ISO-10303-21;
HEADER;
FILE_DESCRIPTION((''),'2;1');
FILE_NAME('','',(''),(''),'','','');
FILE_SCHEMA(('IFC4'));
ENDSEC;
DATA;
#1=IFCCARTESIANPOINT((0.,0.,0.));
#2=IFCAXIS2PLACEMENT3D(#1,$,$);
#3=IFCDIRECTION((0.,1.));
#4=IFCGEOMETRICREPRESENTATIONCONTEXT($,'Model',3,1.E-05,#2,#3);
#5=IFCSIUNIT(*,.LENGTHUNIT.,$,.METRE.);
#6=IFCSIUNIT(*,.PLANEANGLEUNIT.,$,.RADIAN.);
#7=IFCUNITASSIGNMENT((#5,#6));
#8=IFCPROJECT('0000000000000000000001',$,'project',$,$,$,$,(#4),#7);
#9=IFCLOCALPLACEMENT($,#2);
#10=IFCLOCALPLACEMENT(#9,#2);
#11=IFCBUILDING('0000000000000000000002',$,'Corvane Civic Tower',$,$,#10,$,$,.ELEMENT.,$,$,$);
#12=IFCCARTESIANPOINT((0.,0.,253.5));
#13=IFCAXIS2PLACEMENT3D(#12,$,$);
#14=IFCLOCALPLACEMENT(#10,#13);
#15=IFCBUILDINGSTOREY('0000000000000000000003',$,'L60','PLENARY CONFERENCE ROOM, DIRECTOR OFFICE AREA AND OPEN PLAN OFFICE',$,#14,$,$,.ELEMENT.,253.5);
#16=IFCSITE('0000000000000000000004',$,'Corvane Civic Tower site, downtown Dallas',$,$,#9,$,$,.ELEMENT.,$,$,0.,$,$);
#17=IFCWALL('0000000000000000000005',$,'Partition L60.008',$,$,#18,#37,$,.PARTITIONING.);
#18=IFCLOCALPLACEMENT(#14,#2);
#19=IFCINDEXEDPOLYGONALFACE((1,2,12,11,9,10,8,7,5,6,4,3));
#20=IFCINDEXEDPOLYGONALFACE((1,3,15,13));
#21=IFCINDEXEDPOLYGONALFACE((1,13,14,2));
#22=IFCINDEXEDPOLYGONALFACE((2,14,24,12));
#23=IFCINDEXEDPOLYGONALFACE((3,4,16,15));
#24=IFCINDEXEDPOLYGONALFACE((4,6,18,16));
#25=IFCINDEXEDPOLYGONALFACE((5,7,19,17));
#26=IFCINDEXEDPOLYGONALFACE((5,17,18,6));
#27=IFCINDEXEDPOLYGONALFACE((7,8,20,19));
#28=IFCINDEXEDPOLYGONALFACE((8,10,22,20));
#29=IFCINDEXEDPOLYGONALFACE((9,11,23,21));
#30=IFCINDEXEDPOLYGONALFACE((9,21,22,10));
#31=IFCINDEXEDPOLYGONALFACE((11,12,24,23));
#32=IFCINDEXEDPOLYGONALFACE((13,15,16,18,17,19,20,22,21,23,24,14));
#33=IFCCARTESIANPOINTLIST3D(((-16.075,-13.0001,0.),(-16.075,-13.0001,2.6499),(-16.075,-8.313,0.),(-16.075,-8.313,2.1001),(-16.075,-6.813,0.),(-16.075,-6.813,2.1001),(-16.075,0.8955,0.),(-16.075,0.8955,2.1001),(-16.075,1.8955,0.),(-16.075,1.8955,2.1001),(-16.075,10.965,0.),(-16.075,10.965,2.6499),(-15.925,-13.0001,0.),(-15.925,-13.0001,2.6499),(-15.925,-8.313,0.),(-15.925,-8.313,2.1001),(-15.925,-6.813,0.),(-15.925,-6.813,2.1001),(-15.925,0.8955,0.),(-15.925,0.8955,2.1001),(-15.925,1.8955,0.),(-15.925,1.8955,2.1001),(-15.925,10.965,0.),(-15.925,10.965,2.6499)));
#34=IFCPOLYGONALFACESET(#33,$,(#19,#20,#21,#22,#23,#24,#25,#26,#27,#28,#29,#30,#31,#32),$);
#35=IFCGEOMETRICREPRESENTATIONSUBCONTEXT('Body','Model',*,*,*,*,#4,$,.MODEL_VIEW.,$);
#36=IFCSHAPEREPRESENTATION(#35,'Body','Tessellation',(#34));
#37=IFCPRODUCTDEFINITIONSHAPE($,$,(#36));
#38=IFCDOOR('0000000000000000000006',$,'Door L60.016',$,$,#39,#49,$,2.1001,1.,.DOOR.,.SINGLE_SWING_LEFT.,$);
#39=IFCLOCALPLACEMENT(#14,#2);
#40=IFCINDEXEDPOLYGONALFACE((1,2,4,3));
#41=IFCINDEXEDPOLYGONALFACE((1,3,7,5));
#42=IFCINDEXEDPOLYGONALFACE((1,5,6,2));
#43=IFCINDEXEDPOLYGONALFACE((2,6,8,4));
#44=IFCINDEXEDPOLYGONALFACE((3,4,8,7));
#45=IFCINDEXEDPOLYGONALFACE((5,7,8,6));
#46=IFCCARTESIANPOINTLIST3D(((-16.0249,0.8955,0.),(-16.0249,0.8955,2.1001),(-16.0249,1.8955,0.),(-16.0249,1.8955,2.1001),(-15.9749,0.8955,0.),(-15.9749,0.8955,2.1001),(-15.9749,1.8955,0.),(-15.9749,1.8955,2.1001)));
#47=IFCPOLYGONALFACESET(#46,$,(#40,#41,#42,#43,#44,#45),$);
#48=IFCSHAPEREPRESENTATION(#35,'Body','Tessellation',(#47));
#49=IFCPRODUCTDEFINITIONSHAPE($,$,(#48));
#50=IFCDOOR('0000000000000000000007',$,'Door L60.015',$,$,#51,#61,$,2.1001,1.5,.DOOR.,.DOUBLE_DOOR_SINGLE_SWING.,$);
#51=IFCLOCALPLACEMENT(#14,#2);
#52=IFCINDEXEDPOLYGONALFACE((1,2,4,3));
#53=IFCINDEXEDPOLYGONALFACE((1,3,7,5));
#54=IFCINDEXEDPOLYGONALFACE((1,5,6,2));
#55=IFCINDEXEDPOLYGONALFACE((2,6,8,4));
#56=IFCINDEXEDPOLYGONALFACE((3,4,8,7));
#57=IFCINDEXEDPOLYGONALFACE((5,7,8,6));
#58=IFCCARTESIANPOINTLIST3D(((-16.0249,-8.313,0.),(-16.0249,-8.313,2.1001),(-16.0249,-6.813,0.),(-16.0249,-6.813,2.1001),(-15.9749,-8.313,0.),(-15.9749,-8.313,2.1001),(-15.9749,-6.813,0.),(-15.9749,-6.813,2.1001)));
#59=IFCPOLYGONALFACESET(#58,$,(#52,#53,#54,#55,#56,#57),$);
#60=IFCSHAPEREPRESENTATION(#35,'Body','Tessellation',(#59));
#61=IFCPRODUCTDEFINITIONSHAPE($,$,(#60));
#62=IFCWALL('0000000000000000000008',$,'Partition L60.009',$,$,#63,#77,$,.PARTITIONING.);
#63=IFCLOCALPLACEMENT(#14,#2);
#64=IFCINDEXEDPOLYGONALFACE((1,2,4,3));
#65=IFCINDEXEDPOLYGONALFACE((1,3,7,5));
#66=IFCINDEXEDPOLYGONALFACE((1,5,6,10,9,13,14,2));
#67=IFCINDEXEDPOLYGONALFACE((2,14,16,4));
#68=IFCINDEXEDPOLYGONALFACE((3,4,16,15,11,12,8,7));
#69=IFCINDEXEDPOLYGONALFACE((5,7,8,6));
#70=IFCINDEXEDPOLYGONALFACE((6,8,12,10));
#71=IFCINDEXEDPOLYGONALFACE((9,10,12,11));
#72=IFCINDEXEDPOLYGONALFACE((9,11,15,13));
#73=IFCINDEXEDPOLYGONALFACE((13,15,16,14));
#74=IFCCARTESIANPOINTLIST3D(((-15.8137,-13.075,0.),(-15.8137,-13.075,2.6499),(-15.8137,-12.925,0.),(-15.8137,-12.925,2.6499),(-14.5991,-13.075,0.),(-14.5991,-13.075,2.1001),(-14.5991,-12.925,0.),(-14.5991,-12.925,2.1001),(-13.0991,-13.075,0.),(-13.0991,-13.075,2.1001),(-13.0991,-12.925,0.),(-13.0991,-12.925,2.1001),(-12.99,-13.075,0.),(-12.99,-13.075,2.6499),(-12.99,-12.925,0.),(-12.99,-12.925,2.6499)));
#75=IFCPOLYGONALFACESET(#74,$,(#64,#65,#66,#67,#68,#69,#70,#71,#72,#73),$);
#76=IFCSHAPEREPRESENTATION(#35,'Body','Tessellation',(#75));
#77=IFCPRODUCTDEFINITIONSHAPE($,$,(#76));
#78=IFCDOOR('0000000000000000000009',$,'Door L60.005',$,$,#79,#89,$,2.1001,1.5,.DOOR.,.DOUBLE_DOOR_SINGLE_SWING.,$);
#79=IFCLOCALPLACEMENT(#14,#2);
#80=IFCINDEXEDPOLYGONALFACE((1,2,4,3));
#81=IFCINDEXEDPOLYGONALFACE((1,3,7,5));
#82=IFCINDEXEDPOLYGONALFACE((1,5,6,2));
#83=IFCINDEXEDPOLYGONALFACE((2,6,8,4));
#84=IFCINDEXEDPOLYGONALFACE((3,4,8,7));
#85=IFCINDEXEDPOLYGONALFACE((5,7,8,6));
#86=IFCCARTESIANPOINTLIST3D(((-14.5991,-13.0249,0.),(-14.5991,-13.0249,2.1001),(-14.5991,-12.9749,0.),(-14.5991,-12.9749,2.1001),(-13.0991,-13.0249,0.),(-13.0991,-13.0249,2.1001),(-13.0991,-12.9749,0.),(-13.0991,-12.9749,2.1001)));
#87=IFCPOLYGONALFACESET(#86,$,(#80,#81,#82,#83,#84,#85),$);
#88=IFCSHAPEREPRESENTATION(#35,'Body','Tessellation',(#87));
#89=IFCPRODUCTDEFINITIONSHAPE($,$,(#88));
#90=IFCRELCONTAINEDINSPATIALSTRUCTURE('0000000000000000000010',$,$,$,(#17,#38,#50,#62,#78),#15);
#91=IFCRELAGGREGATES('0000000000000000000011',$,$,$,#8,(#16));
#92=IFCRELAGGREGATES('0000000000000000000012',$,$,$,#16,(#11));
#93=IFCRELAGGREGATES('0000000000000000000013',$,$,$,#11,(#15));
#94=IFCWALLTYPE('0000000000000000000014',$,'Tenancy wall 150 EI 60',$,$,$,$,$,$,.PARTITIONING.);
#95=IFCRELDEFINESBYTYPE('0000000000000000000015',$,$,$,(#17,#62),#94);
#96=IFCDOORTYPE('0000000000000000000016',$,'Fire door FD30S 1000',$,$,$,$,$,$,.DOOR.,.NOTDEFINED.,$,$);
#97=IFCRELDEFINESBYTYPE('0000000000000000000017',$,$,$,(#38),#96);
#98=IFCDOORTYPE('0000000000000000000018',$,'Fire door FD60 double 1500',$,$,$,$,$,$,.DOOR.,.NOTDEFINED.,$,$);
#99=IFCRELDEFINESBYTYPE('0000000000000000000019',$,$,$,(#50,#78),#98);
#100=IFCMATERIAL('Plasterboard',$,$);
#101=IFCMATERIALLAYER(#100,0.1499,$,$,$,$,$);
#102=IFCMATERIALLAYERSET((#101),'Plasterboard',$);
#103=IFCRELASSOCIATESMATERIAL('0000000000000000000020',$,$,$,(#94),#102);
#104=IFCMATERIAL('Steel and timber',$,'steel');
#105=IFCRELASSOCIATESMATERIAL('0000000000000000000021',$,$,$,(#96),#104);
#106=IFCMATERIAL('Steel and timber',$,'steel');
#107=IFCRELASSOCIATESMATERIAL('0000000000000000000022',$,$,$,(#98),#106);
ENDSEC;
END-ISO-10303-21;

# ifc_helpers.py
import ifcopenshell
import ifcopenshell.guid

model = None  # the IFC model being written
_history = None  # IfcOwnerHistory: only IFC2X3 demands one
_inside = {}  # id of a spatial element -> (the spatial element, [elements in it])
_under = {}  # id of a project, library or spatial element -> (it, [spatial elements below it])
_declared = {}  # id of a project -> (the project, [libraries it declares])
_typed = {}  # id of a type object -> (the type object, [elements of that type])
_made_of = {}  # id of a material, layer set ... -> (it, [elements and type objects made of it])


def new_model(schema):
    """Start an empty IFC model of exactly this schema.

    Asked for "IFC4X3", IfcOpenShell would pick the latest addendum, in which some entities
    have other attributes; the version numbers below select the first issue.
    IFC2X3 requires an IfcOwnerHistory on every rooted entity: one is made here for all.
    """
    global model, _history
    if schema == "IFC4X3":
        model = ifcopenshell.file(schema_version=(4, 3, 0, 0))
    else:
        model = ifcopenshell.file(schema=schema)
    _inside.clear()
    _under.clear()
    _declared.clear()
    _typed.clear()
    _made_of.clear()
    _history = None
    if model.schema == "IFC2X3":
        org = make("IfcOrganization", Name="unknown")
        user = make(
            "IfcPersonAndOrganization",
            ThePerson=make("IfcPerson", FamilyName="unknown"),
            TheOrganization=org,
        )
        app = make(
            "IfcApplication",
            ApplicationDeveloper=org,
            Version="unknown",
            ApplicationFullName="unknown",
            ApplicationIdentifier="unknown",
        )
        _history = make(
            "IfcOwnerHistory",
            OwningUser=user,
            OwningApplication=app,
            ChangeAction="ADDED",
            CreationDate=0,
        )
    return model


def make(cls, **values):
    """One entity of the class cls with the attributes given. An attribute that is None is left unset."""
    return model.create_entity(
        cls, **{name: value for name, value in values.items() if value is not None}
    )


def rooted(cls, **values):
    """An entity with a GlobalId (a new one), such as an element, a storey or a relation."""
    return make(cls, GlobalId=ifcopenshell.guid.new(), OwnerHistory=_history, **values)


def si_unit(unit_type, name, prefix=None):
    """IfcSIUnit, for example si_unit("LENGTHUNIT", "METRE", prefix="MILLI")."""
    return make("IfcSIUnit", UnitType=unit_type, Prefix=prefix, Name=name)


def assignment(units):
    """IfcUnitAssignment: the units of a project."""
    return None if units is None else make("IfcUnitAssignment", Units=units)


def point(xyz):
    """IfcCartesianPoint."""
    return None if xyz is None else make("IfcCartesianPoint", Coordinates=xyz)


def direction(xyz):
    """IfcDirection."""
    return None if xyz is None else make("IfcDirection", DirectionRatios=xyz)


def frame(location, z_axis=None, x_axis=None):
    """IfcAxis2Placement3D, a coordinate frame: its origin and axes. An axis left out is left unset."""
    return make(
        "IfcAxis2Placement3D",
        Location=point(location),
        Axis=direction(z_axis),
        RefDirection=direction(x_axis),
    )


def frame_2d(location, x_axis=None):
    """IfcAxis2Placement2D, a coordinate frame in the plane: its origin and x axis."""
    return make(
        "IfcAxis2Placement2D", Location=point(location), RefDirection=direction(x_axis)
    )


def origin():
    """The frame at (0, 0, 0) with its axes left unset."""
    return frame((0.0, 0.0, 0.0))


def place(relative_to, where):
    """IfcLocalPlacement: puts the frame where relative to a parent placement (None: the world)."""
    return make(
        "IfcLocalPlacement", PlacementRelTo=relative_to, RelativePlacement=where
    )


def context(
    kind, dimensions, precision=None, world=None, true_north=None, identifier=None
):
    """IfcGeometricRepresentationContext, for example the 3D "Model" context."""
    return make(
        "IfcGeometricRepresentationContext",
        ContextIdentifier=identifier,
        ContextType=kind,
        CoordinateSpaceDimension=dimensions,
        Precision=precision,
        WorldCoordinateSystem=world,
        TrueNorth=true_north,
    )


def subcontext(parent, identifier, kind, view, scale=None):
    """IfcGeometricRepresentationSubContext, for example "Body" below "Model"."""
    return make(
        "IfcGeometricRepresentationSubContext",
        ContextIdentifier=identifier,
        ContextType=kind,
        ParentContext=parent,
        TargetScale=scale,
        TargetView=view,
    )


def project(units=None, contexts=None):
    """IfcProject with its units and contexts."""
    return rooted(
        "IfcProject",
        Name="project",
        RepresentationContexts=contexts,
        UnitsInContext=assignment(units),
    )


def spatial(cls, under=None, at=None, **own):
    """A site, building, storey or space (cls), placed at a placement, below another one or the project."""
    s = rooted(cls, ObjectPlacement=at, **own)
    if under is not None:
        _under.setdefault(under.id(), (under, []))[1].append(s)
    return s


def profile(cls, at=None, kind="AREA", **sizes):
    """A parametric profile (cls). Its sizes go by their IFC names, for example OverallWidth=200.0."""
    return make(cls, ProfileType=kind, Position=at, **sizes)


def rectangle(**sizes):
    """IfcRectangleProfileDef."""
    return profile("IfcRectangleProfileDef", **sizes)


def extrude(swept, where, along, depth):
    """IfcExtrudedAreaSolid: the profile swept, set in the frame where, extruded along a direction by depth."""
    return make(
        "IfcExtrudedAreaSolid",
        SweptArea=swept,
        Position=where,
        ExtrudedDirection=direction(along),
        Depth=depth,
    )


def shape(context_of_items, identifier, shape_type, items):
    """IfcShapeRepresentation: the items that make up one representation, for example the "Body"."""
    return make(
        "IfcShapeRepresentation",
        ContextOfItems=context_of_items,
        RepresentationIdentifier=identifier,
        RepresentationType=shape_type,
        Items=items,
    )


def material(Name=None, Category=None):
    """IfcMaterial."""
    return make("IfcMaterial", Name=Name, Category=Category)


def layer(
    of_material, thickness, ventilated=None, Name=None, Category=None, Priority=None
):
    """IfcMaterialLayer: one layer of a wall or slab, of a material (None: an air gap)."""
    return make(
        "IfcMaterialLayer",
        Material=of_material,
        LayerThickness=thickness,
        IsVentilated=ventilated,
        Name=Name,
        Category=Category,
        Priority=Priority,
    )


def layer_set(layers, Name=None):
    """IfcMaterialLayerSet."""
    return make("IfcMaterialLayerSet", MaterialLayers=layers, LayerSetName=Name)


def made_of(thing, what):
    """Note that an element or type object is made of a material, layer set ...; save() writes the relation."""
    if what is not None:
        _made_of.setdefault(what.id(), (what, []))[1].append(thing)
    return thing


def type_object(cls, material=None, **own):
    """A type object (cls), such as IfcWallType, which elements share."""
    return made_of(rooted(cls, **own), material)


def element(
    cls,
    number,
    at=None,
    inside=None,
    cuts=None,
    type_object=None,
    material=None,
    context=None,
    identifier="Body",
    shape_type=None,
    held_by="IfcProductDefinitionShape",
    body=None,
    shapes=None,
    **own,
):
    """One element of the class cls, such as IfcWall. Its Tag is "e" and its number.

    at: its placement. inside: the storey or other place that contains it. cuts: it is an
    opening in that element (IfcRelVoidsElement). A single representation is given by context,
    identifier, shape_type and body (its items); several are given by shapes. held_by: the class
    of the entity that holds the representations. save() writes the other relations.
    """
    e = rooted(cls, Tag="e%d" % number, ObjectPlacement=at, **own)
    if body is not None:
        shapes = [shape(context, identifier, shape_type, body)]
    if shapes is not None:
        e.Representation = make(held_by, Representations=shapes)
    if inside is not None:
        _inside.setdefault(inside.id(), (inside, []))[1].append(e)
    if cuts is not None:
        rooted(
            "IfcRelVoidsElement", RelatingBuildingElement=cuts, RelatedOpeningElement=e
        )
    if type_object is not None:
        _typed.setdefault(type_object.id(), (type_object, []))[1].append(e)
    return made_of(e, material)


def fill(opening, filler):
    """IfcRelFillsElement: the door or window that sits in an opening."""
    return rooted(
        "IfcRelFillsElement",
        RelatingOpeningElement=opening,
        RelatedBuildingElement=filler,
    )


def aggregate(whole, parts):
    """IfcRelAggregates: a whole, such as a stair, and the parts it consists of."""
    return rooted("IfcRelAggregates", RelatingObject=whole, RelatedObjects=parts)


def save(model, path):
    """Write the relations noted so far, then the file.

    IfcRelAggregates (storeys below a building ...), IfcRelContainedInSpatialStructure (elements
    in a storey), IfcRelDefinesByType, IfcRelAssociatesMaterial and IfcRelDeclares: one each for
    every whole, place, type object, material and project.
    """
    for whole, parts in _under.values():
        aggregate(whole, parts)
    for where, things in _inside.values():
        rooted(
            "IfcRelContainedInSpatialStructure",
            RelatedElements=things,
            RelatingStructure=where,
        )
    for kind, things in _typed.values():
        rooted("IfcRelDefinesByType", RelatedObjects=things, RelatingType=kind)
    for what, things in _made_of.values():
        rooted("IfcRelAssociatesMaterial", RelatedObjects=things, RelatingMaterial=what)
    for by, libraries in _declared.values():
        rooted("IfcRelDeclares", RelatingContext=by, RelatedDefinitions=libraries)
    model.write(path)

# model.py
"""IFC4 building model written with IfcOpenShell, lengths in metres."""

from ifc_helpers import new_model, si_unit, direction, frame, frame_2d, origin, place, context, subcontext, project, spatial, rectangle, extrude, material, layer, layer_set, type_object, element, fill, save


model = new_model("IFC4")

# Units and contexts
model_context = context("Model", 3, precision=1e-05, world=origin(), true_north=direction((0.0, 1.0)))
body_context = subcontext(model_context, "Body", "Model", "MODEL_VIEW")
ifc_project = project(units=[si_unit("LENGTHUNIT", "METRE"), si_unit("PLANEANGLEUNIT", "RADIAN")], contexts=[model_context])

# Site, building, storey
site_placement = place(None, origin())
site = spatial("IfcSite", under=ifc_project, at=site_placement, Name="Corvane Civic Tower site, downtown Dallas", CompositionType="ELEMENT", RefElevation=0.0)
building_placement = place(site_placement, origin())
building = spatial("IfcBuilding", under=site, at=building_placement, Name="Corvane Civic Tower", CompositionType="ELEMENT")
storey_placement = place(building_placement, frame((0.0, 0.0, 253.5)))
storey = spatial("IfcBuildingStorey", under=building, at=storey_placement, Name="L60", Description="PLENARY CONFERENCE ROOM, DIRECTOR OFFICE AREA AND OPEN PLAN OFFICE", CompositionType="ELEMENT", Elevation=253.5)

# Wall, openings, doors
ifc_material_1 = material(Name="Plasterboard")
ifc_layer_1 = layer(ifc_material_1, 0.1499)
ifc_layer_set_1 = layer_set([ifc_layer_1], Name="Plasterboard")
wall_type_1 = type_object("IfcWallType", Name="Tenancy wall 150 EI 60", PredefinedType="PARTITIONING", material=ifc_layer_set_1)
wall_1_placement = place(storey_placement, frame((-16.0, -13.0, 0.0), z_axis=(0.0, 0.0, 1.0), x_axis=(0.0, 1.0, 0.0)))
wall_1 = element("IfcWall", 1, at=wall_1_placement, inside=storey, type_object=wall_type_1, Name="Partition L60.008", PredefinedType="PARTITIONING", context=body_context, shape_type="SweptSolid", body=[
    extrude(rectangle(XDim=23.9651, YDim=0.1499, at=frame_2d((11.9824, 0.0))), origin(), (0.0, 0.0, 1.0), 2.6499),
])
opening_1_placement = place(wall_1_placement, frame((4.687, 0.0, 0.0)))
opening_1 = element("IfcOpeningElement", 2, at=opening_1_placement, cuts=wall_1, PredefinedType="OPENING", context=body_context, shape_type="SweptSolid", body=[
    extrude(rectangle(XDim=1.5, YDim=2.1001, at=frame_2d((0.75, 1.05))), frame((0.0, 0.085, 0.0), z_axis=(0.0, -1.0, 0.0), x_axis=(1.0, 0.0, 0.0)), (0.0, 0.0, 1.0), 0.1699),
])
opening_2_placement = place(wall_1_placement, frame((13.8955, 0.0, 0.0)))
opening_2 = element("IfcOpeningElement", 3, at=opening_2_placement, cuts=wall_1, PredefinedType="OPENING", context=body_context, shape_type="SweptSolid", body=[
    extrude(rectangle(XDim=1.0, YDim=2.1001, at=frame_2d((0.5, 1.05))), frame((0.0, 0.085, 0.0), z_axis=(0.0, -1.0, 0.0), x_axis=(1.0, 0.0, 0.0)), (0.0, 0.0, 1.0), 0.1699),
])
ifc_material_2 = material(Name="Steel and timber", Category="steel")
door_type_1 = type_object("IfcDoorType", Name="Fire door FD30S 1000", OperationType="NOTDEFINED", PredefinedType="DOOR", material=ifc_material_2)
door_1_placement = place(opening_2_placement, origin())
door_1 = element("IfcDoor", 4, at=door_1_placement, inside=storey, type_object=door_type_1, Name="Door L60.016", OperationType="SINGLE_SWING_LEFT", OverallHeight=2.1001, OverallWidth=1.0, PredefinedType="DOOR", context=body_context, shape_type="SweptSolid", body=[
    extrude(rectangle(XDim=1.0, YDim=2.1001, at=frame_2d((0.5, 1.05))), frame((0.0, 0.0249, 0.0), z_axis=(0.0, -1.0, 0.0), x_axis=(1.0, 0.0, 0.0)), (0.0, 0.0, 1.0), 0.05),
])
fill(opening_2, door_1)
ifc_material_3 = material(Name="Steel and timber", Category="steel")
door_type_2 = type_object("IfcDoorType", Name="Fire door FD60 double 1500", OperationType="NOTDEFINED", PredefinedType="DOOR", material=ifc_material_3)
door_2_placement = place(opening_1_placement, origin())
door_2 = element("IfcDoor", 5, at=door_2_placement, inside=storey, type_object=door_type_2, Name="Door L60.015", OperationType="DOUBLE_DOOR_SINGLE_SWING", OverallHeight=2.1001, OverallWidth=1.5, PredefinedType="DOOR", context=body_context, shape_type="SweptSolid", body=[
    extrude(rectangle(XDim=1.5, YDim=2.1001, at=frame_2d((0.75, 1.05))), frame((0.0, 0.0249, 0.0), z_axis=(0.0, -1.0, 0.0), x_axis=(1.0, 0.0, 0.0)), (0.0, 0.0, 1.0), 0.05),
])
fill(opening_1, door_2)

# Wall, opening, door
wall_2_placement = place(storey_placement, frame((-15.8137, -13.0, 0.0), z_axis=(0.0, 0.0, 1.0), x_axis=(1.0, 0.0, 0.0)))
wall_2 = element("IfcWall", 6, at=wall_2_placement, inside=storey, type_object=wall_type_1, Name="Partition L60.009", PredefinedType="PARTITIONING", context=body_context, shape_type="SweptSolid", body=[
    extrude(rectangle(XDim=2.8237, YDim=0.1499, at=frame_2d((1.4119, 0.0))), origin(), (0.0, 0.0, 1.0), 2.6499),
])
opening_3_placement = place(wall_2_placement, frame((1.2146, 0.0, 0.0)))
opening_3 = element("IfcOpeningElement", 7, at=opening_3_placement, cuts=wall_2, PredefinedType="OPENING", context=body_context, shape_type="SweptSolid", body=[
    extrude(rectangle(XDim=1.5, YDim=2.1001, at=frame_2d((0.75, 1.05))), frame((0.0, 0.085, 0.0), z_axis=(0.0, -1.0, 0.0), x_axis=(1.0, 0.0, 0.0)), (0.0, 0.0, 1.0), 0.1699),
])
door_3_placement = place(opening_3_placement, frame((1.5, 0.0, 0.0), z_axis=(0.0, 0.0, 1.0), x_axis=(-1.0, 0.0, 0.0)))
door_3 = element("IfcDoor", 8, at=door_3_placement, inside=storey, type_object=door_type_2, Name="Door L60.005", OperationType="DOUBLE_DOOR_SINGLE_SWING", OverallHeight=2.1001, OverallWidth=1.5, PredefinedType="DOOR", context=body_context, shape_type="SweptSolid", body=[
    extrude(rectangle(XDim=1.5, YDim=2.1001, at=frame_2d((0.75, 1.05))), frame((0.0, 0.0249, 0.0), z_axis=(0.0, -1.0, 0.0), x_axis=(1.0, 0.0, 0.0)), (0.0, 0.0, 1.0), 0.05),
])
fill(opening_3, door_3)

save(model, "model.ifc")
